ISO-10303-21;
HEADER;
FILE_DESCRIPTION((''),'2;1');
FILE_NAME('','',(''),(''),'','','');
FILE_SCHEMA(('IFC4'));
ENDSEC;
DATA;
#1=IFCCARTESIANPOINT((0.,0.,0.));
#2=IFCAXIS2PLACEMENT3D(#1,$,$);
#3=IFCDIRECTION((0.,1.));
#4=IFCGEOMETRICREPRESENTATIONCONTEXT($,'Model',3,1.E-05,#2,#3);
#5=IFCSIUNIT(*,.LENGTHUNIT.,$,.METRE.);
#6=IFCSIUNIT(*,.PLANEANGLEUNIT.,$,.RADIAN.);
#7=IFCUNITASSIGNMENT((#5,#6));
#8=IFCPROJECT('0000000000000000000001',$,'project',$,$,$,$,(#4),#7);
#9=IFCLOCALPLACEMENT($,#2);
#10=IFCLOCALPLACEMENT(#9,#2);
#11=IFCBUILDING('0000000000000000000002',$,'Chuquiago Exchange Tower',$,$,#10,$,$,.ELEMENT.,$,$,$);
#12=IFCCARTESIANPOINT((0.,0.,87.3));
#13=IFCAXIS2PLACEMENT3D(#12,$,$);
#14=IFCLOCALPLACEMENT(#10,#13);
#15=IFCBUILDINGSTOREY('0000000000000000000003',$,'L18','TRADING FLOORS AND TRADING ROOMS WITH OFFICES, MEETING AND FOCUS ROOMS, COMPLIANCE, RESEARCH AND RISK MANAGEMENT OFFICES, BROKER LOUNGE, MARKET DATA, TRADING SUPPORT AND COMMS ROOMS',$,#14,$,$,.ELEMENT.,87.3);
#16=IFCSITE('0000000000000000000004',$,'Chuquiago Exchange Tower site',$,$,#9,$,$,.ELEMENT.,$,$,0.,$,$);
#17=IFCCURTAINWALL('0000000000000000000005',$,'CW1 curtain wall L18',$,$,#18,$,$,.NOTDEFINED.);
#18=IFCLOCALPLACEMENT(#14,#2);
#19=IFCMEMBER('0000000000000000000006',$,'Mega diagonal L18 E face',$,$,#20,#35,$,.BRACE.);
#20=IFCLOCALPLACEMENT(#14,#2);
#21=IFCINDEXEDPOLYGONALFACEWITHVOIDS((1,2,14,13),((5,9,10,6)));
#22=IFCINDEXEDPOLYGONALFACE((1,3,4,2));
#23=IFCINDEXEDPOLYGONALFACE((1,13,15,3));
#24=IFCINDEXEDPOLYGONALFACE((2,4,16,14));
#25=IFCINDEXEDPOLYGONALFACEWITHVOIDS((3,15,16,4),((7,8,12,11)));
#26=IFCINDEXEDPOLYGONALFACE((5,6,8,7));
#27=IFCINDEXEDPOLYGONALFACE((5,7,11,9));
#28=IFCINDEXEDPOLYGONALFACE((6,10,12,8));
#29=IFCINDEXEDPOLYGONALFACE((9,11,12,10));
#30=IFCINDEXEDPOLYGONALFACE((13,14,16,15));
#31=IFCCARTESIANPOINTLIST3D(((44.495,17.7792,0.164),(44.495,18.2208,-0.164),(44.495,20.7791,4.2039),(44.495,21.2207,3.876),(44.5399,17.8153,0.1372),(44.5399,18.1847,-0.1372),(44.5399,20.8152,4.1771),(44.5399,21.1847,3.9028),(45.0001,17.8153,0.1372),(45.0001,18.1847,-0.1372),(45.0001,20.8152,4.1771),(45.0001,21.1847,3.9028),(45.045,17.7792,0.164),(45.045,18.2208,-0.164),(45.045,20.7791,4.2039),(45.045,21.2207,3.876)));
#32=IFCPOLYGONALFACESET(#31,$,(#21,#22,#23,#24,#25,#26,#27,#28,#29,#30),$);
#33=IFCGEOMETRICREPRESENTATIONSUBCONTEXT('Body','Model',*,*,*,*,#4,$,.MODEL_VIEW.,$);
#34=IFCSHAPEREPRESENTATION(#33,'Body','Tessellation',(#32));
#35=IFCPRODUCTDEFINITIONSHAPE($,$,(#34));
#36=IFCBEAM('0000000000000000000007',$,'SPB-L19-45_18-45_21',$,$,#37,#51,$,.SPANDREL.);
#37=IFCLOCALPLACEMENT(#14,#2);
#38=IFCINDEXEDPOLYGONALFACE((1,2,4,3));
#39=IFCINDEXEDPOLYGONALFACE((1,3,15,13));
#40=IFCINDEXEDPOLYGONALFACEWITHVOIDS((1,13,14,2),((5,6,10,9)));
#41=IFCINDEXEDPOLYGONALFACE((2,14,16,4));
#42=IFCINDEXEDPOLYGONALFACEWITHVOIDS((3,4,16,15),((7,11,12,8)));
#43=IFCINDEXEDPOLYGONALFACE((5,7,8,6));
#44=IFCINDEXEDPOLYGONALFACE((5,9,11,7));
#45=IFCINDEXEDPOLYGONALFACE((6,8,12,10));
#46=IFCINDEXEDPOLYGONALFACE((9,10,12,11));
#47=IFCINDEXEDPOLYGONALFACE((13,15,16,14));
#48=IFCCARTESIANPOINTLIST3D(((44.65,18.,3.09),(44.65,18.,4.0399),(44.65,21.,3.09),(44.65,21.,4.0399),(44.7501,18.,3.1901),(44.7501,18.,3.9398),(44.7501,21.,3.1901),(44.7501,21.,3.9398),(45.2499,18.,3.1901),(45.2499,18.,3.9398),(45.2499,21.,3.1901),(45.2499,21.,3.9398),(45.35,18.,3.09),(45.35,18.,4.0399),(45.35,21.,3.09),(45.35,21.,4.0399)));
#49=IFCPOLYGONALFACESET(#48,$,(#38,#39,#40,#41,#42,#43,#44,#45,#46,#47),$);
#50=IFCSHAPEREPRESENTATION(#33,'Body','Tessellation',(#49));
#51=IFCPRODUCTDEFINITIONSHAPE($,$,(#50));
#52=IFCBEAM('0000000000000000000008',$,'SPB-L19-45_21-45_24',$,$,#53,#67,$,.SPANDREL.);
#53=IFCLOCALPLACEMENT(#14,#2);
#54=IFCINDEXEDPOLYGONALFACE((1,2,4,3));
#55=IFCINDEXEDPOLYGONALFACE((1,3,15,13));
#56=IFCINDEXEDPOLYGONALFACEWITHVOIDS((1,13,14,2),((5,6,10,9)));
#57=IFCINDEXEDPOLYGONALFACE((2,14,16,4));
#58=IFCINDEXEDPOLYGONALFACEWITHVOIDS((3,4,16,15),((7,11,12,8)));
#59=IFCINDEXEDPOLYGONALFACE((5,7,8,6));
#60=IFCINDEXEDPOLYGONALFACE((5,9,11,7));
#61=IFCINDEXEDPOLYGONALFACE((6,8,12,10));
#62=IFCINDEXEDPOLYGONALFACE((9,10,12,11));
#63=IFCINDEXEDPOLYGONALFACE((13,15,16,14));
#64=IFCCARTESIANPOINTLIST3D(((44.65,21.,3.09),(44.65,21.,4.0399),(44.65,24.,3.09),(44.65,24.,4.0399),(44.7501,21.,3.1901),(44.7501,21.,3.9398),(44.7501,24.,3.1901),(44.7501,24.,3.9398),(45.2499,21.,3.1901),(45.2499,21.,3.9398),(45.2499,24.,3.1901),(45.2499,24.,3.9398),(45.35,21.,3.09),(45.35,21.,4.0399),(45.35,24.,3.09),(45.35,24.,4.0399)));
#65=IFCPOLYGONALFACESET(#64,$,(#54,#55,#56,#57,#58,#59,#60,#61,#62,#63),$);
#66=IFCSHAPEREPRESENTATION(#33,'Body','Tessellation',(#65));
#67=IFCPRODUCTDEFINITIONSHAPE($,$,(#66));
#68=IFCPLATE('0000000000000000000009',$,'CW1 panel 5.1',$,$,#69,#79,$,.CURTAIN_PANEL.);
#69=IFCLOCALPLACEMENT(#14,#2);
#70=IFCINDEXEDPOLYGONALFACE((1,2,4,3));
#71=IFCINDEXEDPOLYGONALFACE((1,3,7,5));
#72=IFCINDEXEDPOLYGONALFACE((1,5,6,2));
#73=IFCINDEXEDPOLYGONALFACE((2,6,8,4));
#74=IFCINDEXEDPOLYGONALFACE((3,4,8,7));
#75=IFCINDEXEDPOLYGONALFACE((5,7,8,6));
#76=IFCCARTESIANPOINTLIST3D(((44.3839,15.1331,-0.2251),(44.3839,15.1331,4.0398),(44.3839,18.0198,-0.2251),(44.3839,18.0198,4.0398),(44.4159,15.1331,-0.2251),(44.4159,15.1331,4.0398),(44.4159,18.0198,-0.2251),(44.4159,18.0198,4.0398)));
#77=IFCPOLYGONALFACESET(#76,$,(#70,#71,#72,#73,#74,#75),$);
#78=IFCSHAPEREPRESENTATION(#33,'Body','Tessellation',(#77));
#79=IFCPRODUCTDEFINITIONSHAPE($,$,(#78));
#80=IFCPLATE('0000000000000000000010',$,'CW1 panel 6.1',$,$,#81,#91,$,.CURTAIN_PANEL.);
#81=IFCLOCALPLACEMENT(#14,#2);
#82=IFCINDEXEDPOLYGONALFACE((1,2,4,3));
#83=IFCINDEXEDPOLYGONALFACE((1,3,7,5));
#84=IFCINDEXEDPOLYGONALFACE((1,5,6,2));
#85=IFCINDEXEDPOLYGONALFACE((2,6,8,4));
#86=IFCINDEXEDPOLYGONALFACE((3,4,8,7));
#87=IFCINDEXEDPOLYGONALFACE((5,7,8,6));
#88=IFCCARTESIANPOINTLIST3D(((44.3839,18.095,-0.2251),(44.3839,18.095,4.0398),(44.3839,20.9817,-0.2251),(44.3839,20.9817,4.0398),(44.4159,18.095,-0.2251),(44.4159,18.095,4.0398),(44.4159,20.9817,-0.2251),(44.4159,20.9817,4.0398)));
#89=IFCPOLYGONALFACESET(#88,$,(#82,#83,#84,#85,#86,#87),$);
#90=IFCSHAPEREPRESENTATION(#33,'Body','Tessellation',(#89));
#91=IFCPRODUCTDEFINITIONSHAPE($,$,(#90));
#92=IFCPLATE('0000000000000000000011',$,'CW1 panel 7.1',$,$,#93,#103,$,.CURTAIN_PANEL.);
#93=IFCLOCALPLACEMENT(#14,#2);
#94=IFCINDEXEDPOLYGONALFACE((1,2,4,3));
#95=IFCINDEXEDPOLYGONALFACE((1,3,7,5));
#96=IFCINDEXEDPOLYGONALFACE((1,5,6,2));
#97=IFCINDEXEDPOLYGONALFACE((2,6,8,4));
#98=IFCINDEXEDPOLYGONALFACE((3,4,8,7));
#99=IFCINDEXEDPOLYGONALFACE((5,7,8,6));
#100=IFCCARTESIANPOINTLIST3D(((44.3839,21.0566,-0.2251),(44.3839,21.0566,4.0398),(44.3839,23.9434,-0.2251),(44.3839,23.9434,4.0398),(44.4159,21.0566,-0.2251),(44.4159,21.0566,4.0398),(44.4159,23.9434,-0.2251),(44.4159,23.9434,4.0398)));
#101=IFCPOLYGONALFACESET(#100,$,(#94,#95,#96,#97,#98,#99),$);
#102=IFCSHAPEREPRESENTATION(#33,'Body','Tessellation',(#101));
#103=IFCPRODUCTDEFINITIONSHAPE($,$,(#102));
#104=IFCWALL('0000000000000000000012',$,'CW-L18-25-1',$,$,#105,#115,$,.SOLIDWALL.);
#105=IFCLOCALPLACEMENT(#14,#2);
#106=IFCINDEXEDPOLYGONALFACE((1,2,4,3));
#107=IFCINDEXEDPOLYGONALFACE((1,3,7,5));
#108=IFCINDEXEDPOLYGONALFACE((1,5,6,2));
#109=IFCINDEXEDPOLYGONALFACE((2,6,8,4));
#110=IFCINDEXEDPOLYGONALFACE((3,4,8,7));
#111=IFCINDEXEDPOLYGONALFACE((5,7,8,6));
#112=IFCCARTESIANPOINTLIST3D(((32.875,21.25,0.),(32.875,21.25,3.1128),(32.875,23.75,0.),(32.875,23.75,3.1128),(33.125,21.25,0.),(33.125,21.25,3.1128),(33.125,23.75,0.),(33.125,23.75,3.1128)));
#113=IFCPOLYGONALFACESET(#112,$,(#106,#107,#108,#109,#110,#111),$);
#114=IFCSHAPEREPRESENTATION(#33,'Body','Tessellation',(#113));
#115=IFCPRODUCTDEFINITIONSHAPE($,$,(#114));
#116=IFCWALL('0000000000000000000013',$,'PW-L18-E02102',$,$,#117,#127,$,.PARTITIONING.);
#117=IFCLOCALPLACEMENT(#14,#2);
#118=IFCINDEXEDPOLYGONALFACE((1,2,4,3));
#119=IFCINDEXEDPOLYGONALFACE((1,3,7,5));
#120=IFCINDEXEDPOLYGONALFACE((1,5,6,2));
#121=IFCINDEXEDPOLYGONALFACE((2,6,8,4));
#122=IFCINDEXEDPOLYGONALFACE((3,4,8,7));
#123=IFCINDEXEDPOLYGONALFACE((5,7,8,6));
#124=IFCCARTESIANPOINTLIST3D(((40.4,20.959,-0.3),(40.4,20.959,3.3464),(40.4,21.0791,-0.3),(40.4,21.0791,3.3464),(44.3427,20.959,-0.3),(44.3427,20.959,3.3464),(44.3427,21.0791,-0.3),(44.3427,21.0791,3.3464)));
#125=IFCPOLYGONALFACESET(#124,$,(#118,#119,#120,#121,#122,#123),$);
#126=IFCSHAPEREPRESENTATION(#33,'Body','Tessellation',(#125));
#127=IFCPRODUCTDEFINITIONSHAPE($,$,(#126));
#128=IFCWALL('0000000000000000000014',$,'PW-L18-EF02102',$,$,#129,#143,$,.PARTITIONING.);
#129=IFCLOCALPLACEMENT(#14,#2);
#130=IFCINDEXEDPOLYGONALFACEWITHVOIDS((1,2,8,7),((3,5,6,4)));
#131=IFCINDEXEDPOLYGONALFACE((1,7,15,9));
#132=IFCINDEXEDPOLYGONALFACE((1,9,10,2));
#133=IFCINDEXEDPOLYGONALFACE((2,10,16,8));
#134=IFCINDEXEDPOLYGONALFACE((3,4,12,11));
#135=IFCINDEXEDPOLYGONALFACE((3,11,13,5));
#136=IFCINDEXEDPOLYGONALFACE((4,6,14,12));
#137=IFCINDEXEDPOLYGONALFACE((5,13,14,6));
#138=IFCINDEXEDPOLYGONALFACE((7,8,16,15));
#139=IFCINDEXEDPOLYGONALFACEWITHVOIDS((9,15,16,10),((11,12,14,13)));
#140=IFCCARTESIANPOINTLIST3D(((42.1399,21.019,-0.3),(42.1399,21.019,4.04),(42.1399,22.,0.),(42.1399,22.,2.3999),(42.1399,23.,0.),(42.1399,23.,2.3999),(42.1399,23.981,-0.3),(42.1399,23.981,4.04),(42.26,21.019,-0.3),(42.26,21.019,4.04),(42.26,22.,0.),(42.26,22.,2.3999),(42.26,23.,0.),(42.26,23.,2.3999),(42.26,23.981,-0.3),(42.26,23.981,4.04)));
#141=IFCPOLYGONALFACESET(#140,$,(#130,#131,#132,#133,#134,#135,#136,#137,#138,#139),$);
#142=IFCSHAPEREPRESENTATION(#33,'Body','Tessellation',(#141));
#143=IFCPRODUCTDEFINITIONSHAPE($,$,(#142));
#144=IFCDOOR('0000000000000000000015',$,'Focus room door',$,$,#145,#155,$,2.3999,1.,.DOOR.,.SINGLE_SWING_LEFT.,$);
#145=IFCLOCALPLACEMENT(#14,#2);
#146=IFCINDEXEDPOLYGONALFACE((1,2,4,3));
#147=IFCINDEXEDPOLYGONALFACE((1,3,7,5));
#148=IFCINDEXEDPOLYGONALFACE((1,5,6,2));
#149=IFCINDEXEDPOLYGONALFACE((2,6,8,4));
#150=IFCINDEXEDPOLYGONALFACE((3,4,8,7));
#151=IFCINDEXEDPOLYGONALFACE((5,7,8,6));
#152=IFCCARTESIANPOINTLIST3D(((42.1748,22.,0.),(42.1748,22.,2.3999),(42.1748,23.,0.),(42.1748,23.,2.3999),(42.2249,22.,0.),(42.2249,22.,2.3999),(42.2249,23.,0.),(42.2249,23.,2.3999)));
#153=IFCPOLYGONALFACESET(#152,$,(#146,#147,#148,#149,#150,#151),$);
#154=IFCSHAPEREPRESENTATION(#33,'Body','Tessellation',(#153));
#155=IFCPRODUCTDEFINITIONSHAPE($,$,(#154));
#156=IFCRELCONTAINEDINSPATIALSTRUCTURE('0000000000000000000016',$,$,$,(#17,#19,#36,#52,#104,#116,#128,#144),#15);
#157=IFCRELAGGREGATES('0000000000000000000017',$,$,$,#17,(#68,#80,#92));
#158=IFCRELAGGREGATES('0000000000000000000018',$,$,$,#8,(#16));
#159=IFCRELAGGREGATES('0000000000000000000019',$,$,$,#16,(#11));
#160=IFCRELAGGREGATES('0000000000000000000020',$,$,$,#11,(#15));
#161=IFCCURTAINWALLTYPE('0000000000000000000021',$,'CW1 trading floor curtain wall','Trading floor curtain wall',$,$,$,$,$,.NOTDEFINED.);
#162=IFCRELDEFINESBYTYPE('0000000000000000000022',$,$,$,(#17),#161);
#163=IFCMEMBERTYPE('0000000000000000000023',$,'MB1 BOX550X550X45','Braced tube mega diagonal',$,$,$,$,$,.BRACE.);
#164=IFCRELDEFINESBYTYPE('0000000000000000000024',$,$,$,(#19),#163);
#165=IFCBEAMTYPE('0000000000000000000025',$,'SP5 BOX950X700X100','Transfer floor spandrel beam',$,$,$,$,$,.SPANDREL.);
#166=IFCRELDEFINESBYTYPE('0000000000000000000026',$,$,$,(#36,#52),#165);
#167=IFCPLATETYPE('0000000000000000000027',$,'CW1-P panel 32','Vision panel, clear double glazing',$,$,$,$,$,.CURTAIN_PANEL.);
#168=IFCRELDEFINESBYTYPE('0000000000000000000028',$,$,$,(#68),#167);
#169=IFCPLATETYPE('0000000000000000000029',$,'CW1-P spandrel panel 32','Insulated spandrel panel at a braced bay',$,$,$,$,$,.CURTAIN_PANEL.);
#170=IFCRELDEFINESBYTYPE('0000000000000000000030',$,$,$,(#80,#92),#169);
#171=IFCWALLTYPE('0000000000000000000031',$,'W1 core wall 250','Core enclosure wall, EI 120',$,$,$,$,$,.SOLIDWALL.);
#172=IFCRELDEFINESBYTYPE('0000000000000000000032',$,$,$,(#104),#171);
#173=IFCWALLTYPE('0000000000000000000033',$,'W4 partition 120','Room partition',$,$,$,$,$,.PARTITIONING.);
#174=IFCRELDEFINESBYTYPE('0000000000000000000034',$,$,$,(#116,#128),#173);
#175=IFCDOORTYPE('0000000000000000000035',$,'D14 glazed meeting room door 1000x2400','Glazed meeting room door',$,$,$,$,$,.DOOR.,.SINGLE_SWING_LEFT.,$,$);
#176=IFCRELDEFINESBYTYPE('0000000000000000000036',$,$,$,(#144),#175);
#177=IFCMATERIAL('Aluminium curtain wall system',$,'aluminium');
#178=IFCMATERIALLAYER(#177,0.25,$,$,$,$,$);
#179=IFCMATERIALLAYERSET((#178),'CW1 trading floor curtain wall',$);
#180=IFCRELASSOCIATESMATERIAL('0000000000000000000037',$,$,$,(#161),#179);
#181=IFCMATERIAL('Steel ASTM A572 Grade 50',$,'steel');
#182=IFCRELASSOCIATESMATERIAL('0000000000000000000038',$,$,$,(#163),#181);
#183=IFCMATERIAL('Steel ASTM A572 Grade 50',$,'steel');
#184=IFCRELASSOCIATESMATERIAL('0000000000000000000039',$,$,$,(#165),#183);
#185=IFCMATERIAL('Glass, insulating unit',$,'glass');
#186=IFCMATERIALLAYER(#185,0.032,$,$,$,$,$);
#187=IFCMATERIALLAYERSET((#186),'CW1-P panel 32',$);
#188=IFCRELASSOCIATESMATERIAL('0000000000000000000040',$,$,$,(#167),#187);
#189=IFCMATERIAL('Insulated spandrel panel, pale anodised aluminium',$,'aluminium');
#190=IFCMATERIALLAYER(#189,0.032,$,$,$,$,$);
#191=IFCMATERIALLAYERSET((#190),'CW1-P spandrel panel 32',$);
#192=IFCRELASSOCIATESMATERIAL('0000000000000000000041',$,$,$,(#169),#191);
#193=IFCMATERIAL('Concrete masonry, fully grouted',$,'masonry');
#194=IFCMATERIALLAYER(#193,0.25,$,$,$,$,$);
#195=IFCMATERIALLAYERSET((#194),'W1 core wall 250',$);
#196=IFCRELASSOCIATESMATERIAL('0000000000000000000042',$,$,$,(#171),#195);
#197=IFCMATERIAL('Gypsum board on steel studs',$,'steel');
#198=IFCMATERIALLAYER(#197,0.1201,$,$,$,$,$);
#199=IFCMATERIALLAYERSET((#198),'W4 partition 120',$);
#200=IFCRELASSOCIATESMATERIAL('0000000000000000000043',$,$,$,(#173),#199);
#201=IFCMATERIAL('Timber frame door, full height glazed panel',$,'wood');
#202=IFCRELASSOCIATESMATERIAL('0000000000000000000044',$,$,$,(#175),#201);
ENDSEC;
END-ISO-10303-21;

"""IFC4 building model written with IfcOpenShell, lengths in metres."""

from ifc_helpers import new_model, si_unit, direction, frame, frame_2d, origin, origin_2d, place, context, subcontext, project, spatial, rectangle, hollow_rectangle, extrude, material, layer, layer_set, material_profile, profile_set, type_object, element, fill, aggregate, save


model = new_model("IFC4")

# Units and contexts
model_context = context("Model", 3, precision=1e-05, world=origin(), true_north=direction((0.0, 1.0)))
body_context = subcontext(model_context, "Body", "Model", "MODEL_VIEW")
ifc_project = project(units=[si_unit("LENGTHUNIT", "METRE"), si_unit("PLANEANGLEUNIT", "RADIAN")], contexts=[model_context])

# Site, building, storey
site_placement = place(None, origin())
site = spatial("IfcSite", under=ifc_project, at=site_placement, Name="Chuquiago Exchange Tower site", CompositionType="ELEMENT", RefElevation=0.0)
building_placement = place(site_placement, origin())
building = spatial("IfcBuilding", under=site, at=building_placement, Name="Chuquiago Exchange Tower", CompositionType="ELEMENT")
storey_placement = place(building_placement, frame((0.0, 0.0, 87.3)))
storey = spatial("IfcBuildingStorey", under=building, at=storey_placement, Name="L18", Description="TRADING FLOORS AND TRADING ROOMS WITH OFFICES, MEETING AND FOCUS ROOMS, COMPLIANCE, RESEARCH AND RISK MANAGEMENT OFFICES, BROKER LOUNGE, MARKET DATA, TRADING SUPPORT AND COMMS ROOMS", CompositionType="ELEMENT", Elevation=87.3)

# Curtain wall
ifc_material_1 = material(Name="Aluminium curtain wall system", Category="aluminium")
ifc_layer_1 = layer(ifc_material_1, 0.25)
ifc_layer_set_1 = layer_set([ifc_layer_1], Name="CW1 trading floor curtain wall")
curtain_wall_type = type_object("IfcCurtainWallType", Name="CW1 trading floor curtain wall", Description="Trading floor curtain wall", PredefinedType="NOTDEFINED", material=ifc_layer_set_1)
curtain_wall_placement = place(storey_placement, origin())
curtain_wall = element("IfcCurtainWall", 1, at=curtain_wall_placement, inside=storey, type_object=curtain_wall_type, Name="CW1 curtain wall L18", PredefinedType="NOTDEFINED")

# Member
ifc_material_2 = material(Name="Steel ASTM A572 Grade 50", Category="steel")
ifc_material_profile_1 = material_profile(ifc_material_2, hollow_rectangle(XDim=0.55, YDim=0.55, WallThickness=0.0449, at=origin_2d()), Name="BOX550X550X45")
ifc_profile_set_1 = profile_set([ifc_material_profile_1], Name="Steel ASTM A572 Grade 50")
member_type_1 = type_object("IfcMemberType", Name="MB1 BOX550X550X45", Description="Braced tube mega diagonal", PredefinedType="BRACE", material=ifc_profile_set_1)
member_1_placement = place(storey_placement, frame((44.77, 18.0, 0.0), z_axis=(0.0, 0.596174, 0.802855), x_axis=(-1.0, 0.0, 0.0)))
element("IfcMember", 2, at=member_1_placement, inside=storey, type_object=member_type_1, Name="Mega diagonal L18 E face", PredefinedType="BRACE", context=body_context, shape_type="SweptSolid", body=[
    extrude(hollow_rectangle(XDim=0.55, YDim=0.55, WallThickness=0.0449, at=origin_2d()), origin(), (0.0, 0.0, 1.0), 5.032),
])

# Beams
ifc_material_3 = material(Name="Steel ASTM A572 Grade 50", Category="steel")
ifc_material_profile_2 = material_profile(ifc_material_3, hollow_rectangle(XDim=0.7, YDim=0.95, WallThickness=0.1001, at=origin_2d()), Name="BOX950X700X100")
ifc_profile_set_2 = profile_set([ifc_material_profile_2], Name="Steel ASTM A572 Grade 50")
beam_type_1 = type_object("IfcBeamType", Name="SP5 BOX950X700X100", Description="Transfer floor spandrel beam", PredefinedType="SPANDREL", material=ifc_profile_set_2)
for number, where, z_axis, x_axis, name in (
    (3, (45.0, 18.0, 3.5649), (0.0, 1.0, 0.0), (-1.0, 0.0, 0.0), "SPB-L19-45_18-45_21"),
    (4, (45.0, 21.0, 3.5649), (0.0, 1.0, 0.0), (-1.0, 0.0, 0.0), "SPB-L19-45_21-45_24"),
):
    element("IfcBeam", number, at=place(storey_placement, frame(where, z_axis=z_axis, x_axis=x_axis)), inside=storey, type_object=beam_type_1, Name=name, PredefinedType="SPANDREL", context=body_context, shape_type="SweptSolid", body=[
        extrude(hollow_rectangle(XDim=0.7, YDim=0.95, WallThickness=0.1001, at=origin_2d()), origin(), (0.0, 0.0, 1.0), 3.0),
    ])

# Plates
ifc_material_4 = material(Name="Glass, insulating unit", Category="glass")
ifc_layer_2 = layer(ifc_material_4, 0.032)
ifc_layer_set_2 = layer_set([ifc_layer_2], Name="CW1-P panel 32")
plate_type_1 = type_object("IfcPlateType", Name="CW1-P panel 32", Description="Vision panel, clear double glazing", PredefinedType="CURTAIN_PANEL", material=ifc_layer_set_2)
plate_1_placement = place(storey_placement, frame((44.3999, 16.5764, -0.2251), z_axis=(0.0, 0.0, 1.0), x_axis=(0.0, 1.0, 0.0)))
plate_1 = element("IfcPlate", 5, at=plate_1_placement, type_object=plate_type_1, Name="CW1 panel 5.1", PredefinedType="CURTAIN_PANEL", context=body_context, shape_type="SweptSolid", body=[
    extrude(rectangle(XDim=2.8867, YDim=0.032, at=origin_2d()), origin(), (0.0, 0.0, 1.0), 4.2649),
])
ifc_material_5 = material(Name="Insulated spandrel panel, pale anodised aluminium", Category="aluminium")
ifc_layer_3 = layer(ifc_material_5, 0.032)
ifc_layer_set_3 = layer_set([ifc_layer_3], Name="CW1-P spandrel panel 32")
plate_type_2 = type_object("IfcPlateType", Name="CW1-P spandrel panel 32", Description="Insulated spandrel panel at a braced bay", PredefinedType="CURTAIN_PANEL", material=ifc_layer_set_3)
plate_2_placement = place(storey_placement, frame((44.3999, 19.5383, -0.2251), z_axis=(0.0, 0.0, 1.0), x_axis=(0.0, 1.0, 0.0)))
plate_2 = element("IfcPlate", 6, at=plate_2_placement, type_object=plate_type_2, Name="CW1 panel 6.1", PredefinedType="CURTAIN_PANEL", context=body_context, shape_type="SweptSolid", body=[
    extrude(rectangle(XDim=2.8867, YDim=0.032, at=origin_2d()), origin(), (0.0, 0.0, 1.0), 4.2649),
])
plate_3_placement = place(storey_placement, frame((44.3999, 22.5, -0.2251), z_axis=(0.0, 0.0, 1.0), x_axis=(0.0, 1.0, 0.0)))
plate_3 = element("IfcPlate", 7, at=plate_3_placement, type_object=plate_type_2, Name="CW1 panel 7.1", PredefinedType="CURTAIN_PANEL", context=body_context, shape_type="SweptSolid", body=[
    extrude(rectangle(XDim=2.8867, YDim=0.032, at=origin_2d()), origin(), (0.0, 0.0, 1.0), 4.2649),
])
aggregate(curtain_wall, [plate_1, plate_2, plate_3])

# Walls
ifc_material_6 = material(Name="Concrete masonry, fully grouted", Category="masonry")
ifc_layer_4 = layer(ifc_material_6, 0.25)
ifc_layer_set_4 = layer_set([ifc_layer_4], Name="W1 core wall 250")
wall_type_1 = type_object("IfcWallType", Name="W1 core wall 250", Description="Core enclosure wall, EI 120", PredefinedType="SOLIDWALL", material=ifc_layer_set_4)
wall_1_placement = place(storey_placement, frame((33.0, 21.25, 0.0), z_axis=(0.0, 0.0, 1.0), x_axis=(0.0, 1.0, 0.0)))
element("IfcWall", 8, at=wall_1_placement, inside=storey, type_object=wall_type_1, Name="CW-L18-25-1", PredefinedType="SOLIDWALL", context=body_context, shape_type="SweptSolid", body=[
    extrude(rectangle(XDim=2.5, YDim=0.25, at=frame_2d((1.25, 0.0))), origin(), (0.0, 0.0, 1.0), 3.1128),
])
ifc_material_7 = material(Name="Gypsum board on steel studs", Category="steel")
ifc_layer_5 = layer(ifc_material_7, 0.1201)
ifc_layer_set_5 = layer_set([ifc_layer_5], Name="W4 partition 120")
wall_type_2 = type_object("IfcWallType", Name="W4 partition 120", Description="Room partition", PredefinedType="PARTITIONING", material=ifc_layer_set_5)
wall_2_placement = place(storey_placement, frame((44.3425, 21.019, -0.3), z_axis=(0.0, 0.0, 1.0), x_axis=(-1.0, 0.0, 0.0)))
element("IfcWall", 9, at=wall_2_placement, inside=storey, type_object=wall_type_2, Name="PW-L18-E02102", PredefinedType="PARTITIONING", context=body_context, shape_type="SweptSolid", body=[
    extrude(rectangle(XDim=3.9426, YDim=0.1201, at=frame_2d((1.9712, 0.0))), origin(), (0.0, 0.0, 1.0), 3.6465),
])

# Wall, opening, door
wall_3_placement = place(storey_placement, frame((42.2, 21.019, -0.3), z_axis=(0.0, 0.0, 1.0), x_axis=(0.0, 1.0, 0.0)))
wall_3 = element("IfcWall", 10, at=wall_3_placement, inside=storey, type_object=wall_type_2, Name="PW-L18-EF02102", PredefinedType="PARTITIONING", context=body_context, shape_type="SweptSolid", body=[
    extrude(rectangle(XDim=2.9619, YDim=0.1201, at=frame_2d((1.481, 0.0))), origin(), (0.0, 0.0, 1.0), 4.3401),
])
opening_placement = place(wall_3_placement, frame((0.981, 0.0, 0.3)))
opening = element("IfcOpeningElement", 11, at=opening_placement, cuts=wall_3, PredefinedType="OPENING", context=body_context, shape_type="SweptSolid", body=[
    extrude(rectangle(XDim=1.0, YDim=2.3999, at=frame_2d((0.5, 1.2))), frame((0.0, 0.0701, 0.0), z_axis=(0.0, -1.0, 0.0), x_axis=(1.0, 0.0, 0.0)), (0.0, 0.0, 1.0), 0.1401),
])
ifc_material_8 = material(Name="Timber frame door, full height glazed panel", Category="wood")
door_type = type_object("IfcDoorType", Name="D14 glazed meeting room door 1000x2400", Description="Glazed meeting room door", OperationType="SINGLE_SWING_LEFT", PredefinedType="DOOR", material=ifc_material_8)
door_placement = place(opening_placement, frame((1.0, 0.0, 0.0), z_axis=(0.0, 0.0, 1.0), x_axis=(-1.0, 0.0, 0.0)))
door = element("IfcDoor", 12, at=door_placement, inside=storey, type_object=door_type, Name="Focus room door", OperationType="SINGLE_SWING_LEFT", OverallHeight=2.3999, OverallWidth=1.0, PredefinedType="DOOR", context=body_context, shape_type="SweptSolid", body=[
    extrude(rectangle(XDim=1.0, YDim=2.3999, at=frame_2d((0.5, 1.2))), frame((0.0, 0.0249, 0.0), z_axis=(0.0, -1.0, 0.0), x_axis=(1.0, 0.0, 0.0)), (0.0, 0.0, 1.0), 0.05),
])
fill(opening, door)

save(model, "model.ifc")
